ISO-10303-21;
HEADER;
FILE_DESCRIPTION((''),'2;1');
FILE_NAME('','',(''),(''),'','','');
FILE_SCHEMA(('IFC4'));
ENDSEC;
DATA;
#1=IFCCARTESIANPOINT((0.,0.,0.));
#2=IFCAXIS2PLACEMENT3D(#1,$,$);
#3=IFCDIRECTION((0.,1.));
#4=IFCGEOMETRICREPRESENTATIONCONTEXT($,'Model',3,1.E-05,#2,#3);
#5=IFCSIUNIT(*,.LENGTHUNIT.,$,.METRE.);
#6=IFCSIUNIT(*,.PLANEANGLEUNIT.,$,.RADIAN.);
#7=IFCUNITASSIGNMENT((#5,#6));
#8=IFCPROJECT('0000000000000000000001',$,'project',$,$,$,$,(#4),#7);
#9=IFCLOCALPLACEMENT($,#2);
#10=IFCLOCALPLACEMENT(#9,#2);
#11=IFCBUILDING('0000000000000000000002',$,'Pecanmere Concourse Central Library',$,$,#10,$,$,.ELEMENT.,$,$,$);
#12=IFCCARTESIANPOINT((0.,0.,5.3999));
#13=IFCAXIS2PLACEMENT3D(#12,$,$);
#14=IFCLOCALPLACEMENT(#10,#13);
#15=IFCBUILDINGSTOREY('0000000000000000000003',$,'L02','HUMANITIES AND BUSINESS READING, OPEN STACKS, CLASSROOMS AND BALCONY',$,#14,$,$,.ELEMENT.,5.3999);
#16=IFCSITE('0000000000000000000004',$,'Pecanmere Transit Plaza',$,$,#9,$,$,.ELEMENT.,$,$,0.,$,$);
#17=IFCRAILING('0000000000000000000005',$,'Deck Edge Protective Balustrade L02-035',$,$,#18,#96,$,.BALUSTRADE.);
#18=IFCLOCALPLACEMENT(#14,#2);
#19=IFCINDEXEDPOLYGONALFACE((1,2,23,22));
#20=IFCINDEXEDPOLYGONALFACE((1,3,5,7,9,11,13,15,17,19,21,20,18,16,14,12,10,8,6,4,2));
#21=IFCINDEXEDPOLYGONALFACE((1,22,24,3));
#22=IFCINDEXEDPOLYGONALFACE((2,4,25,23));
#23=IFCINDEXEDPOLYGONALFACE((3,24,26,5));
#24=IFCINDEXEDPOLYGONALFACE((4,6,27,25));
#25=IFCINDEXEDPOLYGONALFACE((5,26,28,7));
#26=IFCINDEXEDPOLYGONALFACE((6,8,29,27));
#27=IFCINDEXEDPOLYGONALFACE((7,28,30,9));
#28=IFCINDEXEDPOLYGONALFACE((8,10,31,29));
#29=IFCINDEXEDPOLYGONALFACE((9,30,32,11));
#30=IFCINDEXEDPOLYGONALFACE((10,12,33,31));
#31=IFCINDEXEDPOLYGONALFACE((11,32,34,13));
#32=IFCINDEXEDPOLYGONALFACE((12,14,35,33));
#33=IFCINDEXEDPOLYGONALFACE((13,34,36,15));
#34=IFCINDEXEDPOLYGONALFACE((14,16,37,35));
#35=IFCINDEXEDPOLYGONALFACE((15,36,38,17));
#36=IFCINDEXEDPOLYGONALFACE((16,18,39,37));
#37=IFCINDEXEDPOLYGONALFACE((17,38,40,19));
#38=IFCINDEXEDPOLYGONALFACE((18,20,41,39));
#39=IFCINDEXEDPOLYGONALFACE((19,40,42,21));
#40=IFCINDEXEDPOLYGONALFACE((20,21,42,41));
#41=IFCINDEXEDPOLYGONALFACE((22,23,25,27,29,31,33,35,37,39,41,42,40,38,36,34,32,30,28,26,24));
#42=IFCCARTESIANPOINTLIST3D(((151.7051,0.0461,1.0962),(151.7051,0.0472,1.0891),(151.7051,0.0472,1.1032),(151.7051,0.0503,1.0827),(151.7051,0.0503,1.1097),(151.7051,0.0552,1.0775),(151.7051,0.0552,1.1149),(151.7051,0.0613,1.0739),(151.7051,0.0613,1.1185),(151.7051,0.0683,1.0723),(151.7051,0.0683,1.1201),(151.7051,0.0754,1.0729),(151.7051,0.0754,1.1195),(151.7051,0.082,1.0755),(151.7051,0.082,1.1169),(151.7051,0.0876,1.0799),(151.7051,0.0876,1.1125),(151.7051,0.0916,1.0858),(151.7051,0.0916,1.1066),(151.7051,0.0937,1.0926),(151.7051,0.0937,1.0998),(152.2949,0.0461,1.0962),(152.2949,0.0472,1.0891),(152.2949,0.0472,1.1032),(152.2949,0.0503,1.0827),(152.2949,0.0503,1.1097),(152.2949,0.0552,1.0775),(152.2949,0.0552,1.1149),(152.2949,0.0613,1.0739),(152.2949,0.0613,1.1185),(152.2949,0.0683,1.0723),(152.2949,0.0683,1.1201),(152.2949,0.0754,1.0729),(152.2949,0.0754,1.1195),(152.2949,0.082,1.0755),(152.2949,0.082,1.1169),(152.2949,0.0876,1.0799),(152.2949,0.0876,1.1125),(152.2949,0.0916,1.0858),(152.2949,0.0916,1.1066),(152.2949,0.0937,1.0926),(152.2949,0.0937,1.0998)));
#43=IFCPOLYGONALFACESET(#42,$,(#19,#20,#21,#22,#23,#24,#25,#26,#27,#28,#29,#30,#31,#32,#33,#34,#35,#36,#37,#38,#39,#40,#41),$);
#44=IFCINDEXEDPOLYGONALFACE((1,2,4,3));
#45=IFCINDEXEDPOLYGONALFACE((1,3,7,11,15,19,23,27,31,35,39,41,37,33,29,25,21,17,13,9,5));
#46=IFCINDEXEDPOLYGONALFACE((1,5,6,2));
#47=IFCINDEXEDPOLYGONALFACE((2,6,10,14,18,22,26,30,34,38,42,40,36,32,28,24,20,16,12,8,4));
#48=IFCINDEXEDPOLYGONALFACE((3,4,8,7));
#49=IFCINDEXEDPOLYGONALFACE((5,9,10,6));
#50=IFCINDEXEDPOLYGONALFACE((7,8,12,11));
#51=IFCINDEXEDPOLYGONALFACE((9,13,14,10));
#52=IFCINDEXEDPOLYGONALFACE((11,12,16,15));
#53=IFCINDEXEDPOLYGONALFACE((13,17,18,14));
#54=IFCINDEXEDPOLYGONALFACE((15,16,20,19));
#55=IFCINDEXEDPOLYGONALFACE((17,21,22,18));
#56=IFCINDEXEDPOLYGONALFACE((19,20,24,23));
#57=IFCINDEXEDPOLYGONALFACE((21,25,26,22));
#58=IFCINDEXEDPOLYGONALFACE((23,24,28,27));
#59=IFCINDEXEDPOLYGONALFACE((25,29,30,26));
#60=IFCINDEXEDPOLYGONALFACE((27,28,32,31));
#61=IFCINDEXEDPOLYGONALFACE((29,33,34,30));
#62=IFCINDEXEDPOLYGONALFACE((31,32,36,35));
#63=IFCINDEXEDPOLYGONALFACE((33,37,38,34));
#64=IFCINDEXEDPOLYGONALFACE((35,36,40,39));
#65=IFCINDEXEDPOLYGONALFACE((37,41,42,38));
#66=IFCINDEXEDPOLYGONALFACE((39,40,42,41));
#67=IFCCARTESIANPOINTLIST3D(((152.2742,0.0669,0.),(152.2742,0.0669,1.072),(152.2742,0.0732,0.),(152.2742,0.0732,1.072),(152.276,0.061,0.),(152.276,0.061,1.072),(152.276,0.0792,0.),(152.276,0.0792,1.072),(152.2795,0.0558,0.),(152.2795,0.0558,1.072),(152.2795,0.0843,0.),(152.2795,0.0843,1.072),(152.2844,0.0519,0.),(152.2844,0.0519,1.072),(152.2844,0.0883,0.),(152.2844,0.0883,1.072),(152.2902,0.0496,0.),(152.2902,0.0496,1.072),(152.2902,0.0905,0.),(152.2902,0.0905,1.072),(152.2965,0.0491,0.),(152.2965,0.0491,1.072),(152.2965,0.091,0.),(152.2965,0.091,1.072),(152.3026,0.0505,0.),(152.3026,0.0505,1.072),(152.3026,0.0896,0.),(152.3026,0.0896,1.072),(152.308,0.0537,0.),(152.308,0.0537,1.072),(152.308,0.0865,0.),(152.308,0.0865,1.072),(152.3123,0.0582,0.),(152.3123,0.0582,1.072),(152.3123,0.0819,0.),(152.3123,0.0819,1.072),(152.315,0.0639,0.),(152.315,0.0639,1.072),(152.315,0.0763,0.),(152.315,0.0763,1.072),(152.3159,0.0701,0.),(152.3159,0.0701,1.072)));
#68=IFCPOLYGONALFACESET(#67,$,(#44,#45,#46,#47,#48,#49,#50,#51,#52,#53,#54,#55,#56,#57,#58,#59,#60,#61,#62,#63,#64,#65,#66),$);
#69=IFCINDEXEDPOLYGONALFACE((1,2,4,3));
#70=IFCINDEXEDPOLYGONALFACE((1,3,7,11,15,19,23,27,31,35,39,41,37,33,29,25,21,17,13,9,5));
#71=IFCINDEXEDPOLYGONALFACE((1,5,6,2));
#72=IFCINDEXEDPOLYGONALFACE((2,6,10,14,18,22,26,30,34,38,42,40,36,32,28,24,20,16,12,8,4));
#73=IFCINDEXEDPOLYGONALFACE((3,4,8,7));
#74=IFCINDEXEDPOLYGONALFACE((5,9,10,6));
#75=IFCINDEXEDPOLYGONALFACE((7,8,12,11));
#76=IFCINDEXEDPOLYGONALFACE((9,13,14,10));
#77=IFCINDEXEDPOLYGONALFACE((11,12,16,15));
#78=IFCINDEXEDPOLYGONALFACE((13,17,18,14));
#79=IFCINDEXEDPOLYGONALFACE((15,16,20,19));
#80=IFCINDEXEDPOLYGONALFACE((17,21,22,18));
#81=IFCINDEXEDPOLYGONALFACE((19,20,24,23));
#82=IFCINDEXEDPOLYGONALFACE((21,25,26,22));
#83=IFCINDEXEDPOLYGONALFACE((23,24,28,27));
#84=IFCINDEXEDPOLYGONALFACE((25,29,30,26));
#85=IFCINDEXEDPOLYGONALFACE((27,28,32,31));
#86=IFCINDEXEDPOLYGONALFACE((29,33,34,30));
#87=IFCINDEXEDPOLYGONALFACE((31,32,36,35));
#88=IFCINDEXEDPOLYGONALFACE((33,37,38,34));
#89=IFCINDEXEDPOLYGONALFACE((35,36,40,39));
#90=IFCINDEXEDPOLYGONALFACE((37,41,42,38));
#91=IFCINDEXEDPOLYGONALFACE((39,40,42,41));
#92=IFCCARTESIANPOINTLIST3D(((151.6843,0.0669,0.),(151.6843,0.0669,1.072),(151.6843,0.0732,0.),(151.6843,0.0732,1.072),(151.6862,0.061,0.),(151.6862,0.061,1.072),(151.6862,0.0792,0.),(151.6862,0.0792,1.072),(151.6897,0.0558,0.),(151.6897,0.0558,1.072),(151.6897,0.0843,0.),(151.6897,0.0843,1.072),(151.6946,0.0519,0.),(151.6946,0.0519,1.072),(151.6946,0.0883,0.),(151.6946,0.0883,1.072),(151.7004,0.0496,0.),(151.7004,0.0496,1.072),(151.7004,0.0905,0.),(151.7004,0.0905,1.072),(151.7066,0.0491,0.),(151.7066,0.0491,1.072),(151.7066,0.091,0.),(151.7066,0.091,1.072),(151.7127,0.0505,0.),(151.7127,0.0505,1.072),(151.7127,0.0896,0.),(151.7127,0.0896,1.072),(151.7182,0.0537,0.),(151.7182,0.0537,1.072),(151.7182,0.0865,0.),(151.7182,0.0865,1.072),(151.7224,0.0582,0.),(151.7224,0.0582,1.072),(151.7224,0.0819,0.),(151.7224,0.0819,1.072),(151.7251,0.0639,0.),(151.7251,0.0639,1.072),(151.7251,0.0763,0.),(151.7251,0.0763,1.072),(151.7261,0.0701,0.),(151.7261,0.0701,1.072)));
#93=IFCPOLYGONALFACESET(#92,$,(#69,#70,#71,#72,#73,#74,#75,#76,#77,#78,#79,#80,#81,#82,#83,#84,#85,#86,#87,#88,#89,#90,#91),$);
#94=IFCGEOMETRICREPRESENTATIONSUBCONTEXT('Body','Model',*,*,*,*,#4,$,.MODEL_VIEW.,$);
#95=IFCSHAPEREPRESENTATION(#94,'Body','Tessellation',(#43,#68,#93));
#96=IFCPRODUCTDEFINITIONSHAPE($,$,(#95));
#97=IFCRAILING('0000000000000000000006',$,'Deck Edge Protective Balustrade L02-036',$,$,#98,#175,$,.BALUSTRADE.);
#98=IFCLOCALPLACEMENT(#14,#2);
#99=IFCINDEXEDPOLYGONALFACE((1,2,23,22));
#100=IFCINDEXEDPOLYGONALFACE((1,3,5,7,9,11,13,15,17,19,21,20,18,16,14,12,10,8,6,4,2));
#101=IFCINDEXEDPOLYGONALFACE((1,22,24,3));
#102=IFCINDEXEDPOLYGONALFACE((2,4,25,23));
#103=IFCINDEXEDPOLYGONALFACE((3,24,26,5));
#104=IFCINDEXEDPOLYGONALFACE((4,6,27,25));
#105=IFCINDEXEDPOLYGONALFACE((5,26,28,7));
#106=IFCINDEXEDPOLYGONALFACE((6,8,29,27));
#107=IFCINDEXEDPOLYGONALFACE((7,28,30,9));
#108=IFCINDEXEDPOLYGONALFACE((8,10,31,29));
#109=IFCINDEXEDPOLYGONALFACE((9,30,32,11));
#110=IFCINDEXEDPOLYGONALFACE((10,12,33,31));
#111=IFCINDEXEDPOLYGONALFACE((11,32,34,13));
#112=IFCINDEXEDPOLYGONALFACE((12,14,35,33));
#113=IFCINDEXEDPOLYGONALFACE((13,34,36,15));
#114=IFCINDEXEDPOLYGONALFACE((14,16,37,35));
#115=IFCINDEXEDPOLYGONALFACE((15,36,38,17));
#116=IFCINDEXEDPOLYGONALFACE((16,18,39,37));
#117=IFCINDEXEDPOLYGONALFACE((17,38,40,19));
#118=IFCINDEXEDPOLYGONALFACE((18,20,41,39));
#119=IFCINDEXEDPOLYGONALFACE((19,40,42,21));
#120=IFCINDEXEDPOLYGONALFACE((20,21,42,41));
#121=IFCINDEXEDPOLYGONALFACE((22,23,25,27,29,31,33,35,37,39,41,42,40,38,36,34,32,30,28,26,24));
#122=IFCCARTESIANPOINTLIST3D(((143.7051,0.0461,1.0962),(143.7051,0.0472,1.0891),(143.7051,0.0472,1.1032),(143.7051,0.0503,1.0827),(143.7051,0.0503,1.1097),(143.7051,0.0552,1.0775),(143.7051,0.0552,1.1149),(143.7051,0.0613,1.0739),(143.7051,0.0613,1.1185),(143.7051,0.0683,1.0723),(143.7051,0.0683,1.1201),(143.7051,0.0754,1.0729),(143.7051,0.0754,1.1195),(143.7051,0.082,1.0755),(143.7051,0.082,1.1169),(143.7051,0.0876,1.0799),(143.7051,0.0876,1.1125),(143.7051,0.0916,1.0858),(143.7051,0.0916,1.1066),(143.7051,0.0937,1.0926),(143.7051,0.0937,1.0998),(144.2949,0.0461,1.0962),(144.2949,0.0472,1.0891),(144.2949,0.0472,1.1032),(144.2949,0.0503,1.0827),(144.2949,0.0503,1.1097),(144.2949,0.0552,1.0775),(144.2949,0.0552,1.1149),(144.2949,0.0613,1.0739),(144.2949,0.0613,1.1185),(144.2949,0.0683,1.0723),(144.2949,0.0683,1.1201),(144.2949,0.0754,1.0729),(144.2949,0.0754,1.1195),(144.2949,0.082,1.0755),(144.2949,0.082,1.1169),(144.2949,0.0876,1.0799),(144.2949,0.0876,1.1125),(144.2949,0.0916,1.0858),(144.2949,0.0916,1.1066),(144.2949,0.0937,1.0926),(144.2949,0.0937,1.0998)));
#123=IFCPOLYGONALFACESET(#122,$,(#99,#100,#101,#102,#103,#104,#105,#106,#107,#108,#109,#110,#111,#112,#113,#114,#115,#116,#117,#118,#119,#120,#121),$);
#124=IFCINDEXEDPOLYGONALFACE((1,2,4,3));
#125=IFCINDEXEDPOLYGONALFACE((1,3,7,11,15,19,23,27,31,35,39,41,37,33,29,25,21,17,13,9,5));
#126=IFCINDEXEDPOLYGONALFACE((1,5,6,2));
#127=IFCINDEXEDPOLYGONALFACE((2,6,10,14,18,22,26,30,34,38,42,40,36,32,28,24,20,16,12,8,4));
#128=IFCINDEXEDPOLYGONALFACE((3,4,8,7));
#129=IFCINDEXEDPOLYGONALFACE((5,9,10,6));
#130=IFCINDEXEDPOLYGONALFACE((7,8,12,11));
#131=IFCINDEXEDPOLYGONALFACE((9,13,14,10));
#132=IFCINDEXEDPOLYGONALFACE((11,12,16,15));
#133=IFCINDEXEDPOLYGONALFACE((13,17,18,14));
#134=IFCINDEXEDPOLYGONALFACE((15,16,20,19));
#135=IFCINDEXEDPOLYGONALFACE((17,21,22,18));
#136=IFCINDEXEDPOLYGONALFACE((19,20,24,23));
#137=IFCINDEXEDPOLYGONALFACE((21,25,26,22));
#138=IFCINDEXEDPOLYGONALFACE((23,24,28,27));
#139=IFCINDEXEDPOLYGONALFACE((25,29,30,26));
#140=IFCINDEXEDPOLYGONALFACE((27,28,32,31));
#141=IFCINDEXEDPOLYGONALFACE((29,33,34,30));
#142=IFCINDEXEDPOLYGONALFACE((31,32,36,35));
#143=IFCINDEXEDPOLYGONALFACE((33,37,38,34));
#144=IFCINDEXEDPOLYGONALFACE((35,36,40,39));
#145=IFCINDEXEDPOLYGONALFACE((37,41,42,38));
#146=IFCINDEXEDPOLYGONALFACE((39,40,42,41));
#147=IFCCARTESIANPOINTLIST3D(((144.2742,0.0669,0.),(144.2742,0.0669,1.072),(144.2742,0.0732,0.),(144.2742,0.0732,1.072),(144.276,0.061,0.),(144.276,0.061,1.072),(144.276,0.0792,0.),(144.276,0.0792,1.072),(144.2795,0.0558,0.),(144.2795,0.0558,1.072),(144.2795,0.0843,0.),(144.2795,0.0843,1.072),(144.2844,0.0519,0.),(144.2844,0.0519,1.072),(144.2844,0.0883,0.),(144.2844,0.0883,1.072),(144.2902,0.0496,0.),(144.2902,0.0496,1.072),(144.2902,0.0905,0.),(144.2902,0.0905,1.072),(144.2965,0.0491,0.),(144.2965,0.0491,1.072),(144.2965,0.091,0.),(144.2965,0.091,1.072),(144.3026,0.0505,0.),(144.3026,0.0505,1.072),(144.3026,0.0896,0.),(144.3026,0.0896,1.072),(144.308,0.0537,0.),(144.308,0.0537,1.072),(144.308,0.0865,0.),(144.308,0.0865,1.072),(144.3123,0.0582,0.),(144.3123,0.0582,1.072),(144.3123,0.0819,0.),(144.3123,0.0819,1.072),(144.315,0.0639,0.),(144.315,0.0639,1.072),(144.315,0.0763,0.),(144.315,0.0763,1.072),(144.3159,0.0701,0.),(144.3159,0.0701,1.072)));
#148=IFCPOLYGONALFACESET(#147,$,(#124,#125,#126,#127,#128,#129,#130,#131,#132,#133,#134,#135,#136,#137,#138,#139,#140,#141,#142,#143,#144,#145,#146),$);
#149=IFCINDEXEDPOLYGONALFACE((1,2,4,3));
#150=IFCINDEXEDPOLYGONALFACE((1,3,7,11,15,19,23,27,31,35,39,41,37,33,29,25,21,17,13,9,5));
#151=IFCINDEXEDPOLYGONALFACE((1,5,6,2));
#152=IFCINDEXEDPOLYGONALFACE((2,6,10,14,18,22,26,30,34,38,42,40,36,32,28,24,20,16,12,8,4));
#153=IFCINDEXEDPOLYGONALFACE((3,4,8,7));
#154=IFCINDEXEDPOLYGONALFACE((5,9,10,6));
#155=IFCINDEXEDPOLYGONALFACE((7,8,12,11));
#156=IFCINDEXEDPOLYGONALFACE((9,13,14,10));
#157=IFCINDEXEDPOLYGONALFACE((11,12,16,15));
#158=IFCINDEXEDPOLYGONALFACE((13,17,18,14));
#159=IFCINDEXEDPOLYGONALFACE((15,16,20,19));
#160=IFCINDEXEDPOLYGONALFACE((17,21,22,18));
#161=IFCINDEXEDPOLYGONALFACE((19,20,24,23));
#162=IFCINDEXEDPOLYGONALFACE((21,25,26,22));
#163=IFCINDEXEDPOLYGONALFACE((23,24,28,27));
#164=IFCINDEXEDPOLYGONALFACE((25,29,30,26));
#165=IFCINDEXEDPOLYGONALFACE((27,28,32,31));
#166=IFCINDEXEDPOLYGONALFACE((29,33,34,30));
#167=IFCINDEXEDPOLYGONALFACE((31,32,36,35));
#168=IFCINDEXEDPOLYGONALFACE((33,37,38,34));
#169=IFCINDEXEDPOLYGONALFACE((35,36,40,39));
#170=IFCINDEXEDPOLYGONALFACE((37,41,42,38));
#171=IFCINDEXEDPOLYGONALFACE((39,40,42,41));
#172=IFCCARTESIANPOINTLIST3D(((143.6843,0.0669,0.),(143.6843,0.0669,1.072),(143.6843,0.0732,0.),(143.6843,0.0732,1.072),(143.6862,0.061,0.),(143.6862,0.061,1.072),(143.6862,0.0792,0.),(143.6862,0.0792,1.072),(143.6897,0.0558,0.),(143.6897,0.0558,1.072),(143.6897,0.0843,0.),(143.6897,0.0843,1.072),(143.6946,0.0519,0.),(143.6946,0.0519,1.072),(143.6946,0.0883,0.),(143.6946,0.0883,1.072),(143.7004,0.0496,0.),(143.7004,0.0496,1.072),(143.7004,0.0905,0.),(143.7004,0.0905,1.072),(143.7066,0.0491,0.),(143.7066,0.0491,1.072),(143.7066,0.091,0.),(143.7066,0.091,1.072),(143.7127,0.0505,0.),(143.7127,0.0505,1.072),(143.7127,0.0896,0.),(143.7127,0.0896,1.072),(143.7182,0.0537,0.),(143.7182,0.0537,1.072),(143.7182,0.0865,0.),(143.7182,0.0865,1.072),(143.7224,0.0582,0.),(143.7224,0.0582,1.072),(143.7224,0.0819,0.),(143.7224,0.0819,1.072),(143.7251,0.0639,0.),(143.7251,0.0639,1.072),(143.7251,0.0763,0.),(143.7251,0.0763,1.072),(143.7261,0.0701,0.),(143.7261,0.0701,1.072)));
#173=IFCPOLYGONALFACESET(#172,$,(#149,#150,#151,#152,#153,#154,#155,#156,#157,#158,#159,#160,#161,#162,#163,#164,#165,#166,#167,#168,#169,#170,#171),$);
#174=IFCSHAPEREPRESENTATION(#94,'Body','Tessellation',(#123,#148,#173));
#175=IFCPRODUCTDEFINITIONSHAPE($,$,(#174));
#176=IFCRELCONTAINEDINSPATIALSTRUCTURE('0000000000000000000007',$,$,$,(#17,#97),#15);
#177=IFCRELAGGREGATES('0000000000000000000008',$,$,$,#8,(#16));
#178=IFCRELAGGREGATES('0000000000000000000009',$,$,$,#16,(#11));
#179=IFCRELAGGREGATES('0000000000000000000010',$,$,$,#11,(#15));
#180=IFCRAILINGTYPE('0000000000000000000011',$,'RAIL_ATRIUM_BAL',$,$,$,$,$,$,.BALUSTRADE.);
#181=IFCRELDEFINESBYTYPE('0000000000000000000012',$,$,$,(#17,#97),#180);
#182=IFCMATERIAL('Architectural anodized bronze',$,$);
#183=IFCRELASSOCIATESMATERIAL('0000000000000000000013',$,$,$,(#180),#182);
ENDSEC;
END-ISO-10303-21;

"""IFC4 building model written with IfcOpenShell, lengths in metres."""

from ifc_helpers import new_model, si_unit, direction, frame, origin, origin_2d, place, context, subcontext, project, spatial, circle, extrude, material, type_object, element, save


model = new_model("IFC4")

# Units and contexts
model_context = context("Model", 3, precision=1e-05, world=origin(), true_north=direction((0.0, 1.0)))
body_context = subcontext(model_context, "Body", "Model", "MODEL_VIEW")
ifc_project = project(units=[si_unit("LENGTHUNIT", "METRE"), si_unit("PLANEANGLEUNIT", "RADIAN")], contexts=[model_context])

# Site, building, storey
site_placement = place(None, origin())
site = spatial("IfcSite", under=ifc_project, at=site_placement, Name="Pecanmere Transit Plaza", CompositionType="ELEMENT", RefElevation=0.0)
building_placement = place(site_placement, origin())
building = spatial("IfcBuilding", under=site, at=building_placement, Name="Pecanmere Concourse Central Library", CompositionType="ELEMENT")
storey_placement = place(building_placement, frame((0.0, 0.0, 5.3999)))
storey = spatial("IfcBuildingStorey", under=building, at=storey_placement, Name="L02", Description="HUMANITIES AND BUSINESS READING, OPEN STACKS, CLASSROOMS AND BALCONY", CompositionType="ELEMENT", Elevation=5.3999)

# Railings
ifc_material_1 = material(Name="Architectural anodized bronze")
railing_type = type_object("IfcRailingType", Name="RAIL_ATRIUM_BAL", PredefinedType="BALUSTRADE", material=ifc_material_1)
for number, where, name in (
    (1, (152.2949, 0.0701, 0.0), "Deck Edge Protective Balustrade L02-035"),
    (2, (144.2949, 0.0701, 0.0), "Deck Edge Protective Balustrade L02-036"),
):
    element("IfcRailing", number, at=place(storey_placement, frame(where)), inside=storey, type_object=railing_type, Name=name, PredefinedType="BALUSTRADE", context=body_context, shape_type="SweptSolid", body=[
        extrude(circle(Radius=0.0239, at=origin_2d()), frame((0.0, 0.0, 1.0962), z_axis=(-1.0, 0.0, 0.0), x_axis=(0.0, -1.0, 0.0)), (0.0, 0.0, 1.0), 0.5898),
        extrude(circle(Radius=0.021, at=origin_2d()), origin(), (0.0, 0.0, 1.0), 1.072),
        extrude(circle(Radius=0.021, at=origin_2d()), frame((-0.5898, 0.0, 0.0)), (0.0, 0.0, 1.0), 1.072),
    ])

save(model, "model.ifc")
